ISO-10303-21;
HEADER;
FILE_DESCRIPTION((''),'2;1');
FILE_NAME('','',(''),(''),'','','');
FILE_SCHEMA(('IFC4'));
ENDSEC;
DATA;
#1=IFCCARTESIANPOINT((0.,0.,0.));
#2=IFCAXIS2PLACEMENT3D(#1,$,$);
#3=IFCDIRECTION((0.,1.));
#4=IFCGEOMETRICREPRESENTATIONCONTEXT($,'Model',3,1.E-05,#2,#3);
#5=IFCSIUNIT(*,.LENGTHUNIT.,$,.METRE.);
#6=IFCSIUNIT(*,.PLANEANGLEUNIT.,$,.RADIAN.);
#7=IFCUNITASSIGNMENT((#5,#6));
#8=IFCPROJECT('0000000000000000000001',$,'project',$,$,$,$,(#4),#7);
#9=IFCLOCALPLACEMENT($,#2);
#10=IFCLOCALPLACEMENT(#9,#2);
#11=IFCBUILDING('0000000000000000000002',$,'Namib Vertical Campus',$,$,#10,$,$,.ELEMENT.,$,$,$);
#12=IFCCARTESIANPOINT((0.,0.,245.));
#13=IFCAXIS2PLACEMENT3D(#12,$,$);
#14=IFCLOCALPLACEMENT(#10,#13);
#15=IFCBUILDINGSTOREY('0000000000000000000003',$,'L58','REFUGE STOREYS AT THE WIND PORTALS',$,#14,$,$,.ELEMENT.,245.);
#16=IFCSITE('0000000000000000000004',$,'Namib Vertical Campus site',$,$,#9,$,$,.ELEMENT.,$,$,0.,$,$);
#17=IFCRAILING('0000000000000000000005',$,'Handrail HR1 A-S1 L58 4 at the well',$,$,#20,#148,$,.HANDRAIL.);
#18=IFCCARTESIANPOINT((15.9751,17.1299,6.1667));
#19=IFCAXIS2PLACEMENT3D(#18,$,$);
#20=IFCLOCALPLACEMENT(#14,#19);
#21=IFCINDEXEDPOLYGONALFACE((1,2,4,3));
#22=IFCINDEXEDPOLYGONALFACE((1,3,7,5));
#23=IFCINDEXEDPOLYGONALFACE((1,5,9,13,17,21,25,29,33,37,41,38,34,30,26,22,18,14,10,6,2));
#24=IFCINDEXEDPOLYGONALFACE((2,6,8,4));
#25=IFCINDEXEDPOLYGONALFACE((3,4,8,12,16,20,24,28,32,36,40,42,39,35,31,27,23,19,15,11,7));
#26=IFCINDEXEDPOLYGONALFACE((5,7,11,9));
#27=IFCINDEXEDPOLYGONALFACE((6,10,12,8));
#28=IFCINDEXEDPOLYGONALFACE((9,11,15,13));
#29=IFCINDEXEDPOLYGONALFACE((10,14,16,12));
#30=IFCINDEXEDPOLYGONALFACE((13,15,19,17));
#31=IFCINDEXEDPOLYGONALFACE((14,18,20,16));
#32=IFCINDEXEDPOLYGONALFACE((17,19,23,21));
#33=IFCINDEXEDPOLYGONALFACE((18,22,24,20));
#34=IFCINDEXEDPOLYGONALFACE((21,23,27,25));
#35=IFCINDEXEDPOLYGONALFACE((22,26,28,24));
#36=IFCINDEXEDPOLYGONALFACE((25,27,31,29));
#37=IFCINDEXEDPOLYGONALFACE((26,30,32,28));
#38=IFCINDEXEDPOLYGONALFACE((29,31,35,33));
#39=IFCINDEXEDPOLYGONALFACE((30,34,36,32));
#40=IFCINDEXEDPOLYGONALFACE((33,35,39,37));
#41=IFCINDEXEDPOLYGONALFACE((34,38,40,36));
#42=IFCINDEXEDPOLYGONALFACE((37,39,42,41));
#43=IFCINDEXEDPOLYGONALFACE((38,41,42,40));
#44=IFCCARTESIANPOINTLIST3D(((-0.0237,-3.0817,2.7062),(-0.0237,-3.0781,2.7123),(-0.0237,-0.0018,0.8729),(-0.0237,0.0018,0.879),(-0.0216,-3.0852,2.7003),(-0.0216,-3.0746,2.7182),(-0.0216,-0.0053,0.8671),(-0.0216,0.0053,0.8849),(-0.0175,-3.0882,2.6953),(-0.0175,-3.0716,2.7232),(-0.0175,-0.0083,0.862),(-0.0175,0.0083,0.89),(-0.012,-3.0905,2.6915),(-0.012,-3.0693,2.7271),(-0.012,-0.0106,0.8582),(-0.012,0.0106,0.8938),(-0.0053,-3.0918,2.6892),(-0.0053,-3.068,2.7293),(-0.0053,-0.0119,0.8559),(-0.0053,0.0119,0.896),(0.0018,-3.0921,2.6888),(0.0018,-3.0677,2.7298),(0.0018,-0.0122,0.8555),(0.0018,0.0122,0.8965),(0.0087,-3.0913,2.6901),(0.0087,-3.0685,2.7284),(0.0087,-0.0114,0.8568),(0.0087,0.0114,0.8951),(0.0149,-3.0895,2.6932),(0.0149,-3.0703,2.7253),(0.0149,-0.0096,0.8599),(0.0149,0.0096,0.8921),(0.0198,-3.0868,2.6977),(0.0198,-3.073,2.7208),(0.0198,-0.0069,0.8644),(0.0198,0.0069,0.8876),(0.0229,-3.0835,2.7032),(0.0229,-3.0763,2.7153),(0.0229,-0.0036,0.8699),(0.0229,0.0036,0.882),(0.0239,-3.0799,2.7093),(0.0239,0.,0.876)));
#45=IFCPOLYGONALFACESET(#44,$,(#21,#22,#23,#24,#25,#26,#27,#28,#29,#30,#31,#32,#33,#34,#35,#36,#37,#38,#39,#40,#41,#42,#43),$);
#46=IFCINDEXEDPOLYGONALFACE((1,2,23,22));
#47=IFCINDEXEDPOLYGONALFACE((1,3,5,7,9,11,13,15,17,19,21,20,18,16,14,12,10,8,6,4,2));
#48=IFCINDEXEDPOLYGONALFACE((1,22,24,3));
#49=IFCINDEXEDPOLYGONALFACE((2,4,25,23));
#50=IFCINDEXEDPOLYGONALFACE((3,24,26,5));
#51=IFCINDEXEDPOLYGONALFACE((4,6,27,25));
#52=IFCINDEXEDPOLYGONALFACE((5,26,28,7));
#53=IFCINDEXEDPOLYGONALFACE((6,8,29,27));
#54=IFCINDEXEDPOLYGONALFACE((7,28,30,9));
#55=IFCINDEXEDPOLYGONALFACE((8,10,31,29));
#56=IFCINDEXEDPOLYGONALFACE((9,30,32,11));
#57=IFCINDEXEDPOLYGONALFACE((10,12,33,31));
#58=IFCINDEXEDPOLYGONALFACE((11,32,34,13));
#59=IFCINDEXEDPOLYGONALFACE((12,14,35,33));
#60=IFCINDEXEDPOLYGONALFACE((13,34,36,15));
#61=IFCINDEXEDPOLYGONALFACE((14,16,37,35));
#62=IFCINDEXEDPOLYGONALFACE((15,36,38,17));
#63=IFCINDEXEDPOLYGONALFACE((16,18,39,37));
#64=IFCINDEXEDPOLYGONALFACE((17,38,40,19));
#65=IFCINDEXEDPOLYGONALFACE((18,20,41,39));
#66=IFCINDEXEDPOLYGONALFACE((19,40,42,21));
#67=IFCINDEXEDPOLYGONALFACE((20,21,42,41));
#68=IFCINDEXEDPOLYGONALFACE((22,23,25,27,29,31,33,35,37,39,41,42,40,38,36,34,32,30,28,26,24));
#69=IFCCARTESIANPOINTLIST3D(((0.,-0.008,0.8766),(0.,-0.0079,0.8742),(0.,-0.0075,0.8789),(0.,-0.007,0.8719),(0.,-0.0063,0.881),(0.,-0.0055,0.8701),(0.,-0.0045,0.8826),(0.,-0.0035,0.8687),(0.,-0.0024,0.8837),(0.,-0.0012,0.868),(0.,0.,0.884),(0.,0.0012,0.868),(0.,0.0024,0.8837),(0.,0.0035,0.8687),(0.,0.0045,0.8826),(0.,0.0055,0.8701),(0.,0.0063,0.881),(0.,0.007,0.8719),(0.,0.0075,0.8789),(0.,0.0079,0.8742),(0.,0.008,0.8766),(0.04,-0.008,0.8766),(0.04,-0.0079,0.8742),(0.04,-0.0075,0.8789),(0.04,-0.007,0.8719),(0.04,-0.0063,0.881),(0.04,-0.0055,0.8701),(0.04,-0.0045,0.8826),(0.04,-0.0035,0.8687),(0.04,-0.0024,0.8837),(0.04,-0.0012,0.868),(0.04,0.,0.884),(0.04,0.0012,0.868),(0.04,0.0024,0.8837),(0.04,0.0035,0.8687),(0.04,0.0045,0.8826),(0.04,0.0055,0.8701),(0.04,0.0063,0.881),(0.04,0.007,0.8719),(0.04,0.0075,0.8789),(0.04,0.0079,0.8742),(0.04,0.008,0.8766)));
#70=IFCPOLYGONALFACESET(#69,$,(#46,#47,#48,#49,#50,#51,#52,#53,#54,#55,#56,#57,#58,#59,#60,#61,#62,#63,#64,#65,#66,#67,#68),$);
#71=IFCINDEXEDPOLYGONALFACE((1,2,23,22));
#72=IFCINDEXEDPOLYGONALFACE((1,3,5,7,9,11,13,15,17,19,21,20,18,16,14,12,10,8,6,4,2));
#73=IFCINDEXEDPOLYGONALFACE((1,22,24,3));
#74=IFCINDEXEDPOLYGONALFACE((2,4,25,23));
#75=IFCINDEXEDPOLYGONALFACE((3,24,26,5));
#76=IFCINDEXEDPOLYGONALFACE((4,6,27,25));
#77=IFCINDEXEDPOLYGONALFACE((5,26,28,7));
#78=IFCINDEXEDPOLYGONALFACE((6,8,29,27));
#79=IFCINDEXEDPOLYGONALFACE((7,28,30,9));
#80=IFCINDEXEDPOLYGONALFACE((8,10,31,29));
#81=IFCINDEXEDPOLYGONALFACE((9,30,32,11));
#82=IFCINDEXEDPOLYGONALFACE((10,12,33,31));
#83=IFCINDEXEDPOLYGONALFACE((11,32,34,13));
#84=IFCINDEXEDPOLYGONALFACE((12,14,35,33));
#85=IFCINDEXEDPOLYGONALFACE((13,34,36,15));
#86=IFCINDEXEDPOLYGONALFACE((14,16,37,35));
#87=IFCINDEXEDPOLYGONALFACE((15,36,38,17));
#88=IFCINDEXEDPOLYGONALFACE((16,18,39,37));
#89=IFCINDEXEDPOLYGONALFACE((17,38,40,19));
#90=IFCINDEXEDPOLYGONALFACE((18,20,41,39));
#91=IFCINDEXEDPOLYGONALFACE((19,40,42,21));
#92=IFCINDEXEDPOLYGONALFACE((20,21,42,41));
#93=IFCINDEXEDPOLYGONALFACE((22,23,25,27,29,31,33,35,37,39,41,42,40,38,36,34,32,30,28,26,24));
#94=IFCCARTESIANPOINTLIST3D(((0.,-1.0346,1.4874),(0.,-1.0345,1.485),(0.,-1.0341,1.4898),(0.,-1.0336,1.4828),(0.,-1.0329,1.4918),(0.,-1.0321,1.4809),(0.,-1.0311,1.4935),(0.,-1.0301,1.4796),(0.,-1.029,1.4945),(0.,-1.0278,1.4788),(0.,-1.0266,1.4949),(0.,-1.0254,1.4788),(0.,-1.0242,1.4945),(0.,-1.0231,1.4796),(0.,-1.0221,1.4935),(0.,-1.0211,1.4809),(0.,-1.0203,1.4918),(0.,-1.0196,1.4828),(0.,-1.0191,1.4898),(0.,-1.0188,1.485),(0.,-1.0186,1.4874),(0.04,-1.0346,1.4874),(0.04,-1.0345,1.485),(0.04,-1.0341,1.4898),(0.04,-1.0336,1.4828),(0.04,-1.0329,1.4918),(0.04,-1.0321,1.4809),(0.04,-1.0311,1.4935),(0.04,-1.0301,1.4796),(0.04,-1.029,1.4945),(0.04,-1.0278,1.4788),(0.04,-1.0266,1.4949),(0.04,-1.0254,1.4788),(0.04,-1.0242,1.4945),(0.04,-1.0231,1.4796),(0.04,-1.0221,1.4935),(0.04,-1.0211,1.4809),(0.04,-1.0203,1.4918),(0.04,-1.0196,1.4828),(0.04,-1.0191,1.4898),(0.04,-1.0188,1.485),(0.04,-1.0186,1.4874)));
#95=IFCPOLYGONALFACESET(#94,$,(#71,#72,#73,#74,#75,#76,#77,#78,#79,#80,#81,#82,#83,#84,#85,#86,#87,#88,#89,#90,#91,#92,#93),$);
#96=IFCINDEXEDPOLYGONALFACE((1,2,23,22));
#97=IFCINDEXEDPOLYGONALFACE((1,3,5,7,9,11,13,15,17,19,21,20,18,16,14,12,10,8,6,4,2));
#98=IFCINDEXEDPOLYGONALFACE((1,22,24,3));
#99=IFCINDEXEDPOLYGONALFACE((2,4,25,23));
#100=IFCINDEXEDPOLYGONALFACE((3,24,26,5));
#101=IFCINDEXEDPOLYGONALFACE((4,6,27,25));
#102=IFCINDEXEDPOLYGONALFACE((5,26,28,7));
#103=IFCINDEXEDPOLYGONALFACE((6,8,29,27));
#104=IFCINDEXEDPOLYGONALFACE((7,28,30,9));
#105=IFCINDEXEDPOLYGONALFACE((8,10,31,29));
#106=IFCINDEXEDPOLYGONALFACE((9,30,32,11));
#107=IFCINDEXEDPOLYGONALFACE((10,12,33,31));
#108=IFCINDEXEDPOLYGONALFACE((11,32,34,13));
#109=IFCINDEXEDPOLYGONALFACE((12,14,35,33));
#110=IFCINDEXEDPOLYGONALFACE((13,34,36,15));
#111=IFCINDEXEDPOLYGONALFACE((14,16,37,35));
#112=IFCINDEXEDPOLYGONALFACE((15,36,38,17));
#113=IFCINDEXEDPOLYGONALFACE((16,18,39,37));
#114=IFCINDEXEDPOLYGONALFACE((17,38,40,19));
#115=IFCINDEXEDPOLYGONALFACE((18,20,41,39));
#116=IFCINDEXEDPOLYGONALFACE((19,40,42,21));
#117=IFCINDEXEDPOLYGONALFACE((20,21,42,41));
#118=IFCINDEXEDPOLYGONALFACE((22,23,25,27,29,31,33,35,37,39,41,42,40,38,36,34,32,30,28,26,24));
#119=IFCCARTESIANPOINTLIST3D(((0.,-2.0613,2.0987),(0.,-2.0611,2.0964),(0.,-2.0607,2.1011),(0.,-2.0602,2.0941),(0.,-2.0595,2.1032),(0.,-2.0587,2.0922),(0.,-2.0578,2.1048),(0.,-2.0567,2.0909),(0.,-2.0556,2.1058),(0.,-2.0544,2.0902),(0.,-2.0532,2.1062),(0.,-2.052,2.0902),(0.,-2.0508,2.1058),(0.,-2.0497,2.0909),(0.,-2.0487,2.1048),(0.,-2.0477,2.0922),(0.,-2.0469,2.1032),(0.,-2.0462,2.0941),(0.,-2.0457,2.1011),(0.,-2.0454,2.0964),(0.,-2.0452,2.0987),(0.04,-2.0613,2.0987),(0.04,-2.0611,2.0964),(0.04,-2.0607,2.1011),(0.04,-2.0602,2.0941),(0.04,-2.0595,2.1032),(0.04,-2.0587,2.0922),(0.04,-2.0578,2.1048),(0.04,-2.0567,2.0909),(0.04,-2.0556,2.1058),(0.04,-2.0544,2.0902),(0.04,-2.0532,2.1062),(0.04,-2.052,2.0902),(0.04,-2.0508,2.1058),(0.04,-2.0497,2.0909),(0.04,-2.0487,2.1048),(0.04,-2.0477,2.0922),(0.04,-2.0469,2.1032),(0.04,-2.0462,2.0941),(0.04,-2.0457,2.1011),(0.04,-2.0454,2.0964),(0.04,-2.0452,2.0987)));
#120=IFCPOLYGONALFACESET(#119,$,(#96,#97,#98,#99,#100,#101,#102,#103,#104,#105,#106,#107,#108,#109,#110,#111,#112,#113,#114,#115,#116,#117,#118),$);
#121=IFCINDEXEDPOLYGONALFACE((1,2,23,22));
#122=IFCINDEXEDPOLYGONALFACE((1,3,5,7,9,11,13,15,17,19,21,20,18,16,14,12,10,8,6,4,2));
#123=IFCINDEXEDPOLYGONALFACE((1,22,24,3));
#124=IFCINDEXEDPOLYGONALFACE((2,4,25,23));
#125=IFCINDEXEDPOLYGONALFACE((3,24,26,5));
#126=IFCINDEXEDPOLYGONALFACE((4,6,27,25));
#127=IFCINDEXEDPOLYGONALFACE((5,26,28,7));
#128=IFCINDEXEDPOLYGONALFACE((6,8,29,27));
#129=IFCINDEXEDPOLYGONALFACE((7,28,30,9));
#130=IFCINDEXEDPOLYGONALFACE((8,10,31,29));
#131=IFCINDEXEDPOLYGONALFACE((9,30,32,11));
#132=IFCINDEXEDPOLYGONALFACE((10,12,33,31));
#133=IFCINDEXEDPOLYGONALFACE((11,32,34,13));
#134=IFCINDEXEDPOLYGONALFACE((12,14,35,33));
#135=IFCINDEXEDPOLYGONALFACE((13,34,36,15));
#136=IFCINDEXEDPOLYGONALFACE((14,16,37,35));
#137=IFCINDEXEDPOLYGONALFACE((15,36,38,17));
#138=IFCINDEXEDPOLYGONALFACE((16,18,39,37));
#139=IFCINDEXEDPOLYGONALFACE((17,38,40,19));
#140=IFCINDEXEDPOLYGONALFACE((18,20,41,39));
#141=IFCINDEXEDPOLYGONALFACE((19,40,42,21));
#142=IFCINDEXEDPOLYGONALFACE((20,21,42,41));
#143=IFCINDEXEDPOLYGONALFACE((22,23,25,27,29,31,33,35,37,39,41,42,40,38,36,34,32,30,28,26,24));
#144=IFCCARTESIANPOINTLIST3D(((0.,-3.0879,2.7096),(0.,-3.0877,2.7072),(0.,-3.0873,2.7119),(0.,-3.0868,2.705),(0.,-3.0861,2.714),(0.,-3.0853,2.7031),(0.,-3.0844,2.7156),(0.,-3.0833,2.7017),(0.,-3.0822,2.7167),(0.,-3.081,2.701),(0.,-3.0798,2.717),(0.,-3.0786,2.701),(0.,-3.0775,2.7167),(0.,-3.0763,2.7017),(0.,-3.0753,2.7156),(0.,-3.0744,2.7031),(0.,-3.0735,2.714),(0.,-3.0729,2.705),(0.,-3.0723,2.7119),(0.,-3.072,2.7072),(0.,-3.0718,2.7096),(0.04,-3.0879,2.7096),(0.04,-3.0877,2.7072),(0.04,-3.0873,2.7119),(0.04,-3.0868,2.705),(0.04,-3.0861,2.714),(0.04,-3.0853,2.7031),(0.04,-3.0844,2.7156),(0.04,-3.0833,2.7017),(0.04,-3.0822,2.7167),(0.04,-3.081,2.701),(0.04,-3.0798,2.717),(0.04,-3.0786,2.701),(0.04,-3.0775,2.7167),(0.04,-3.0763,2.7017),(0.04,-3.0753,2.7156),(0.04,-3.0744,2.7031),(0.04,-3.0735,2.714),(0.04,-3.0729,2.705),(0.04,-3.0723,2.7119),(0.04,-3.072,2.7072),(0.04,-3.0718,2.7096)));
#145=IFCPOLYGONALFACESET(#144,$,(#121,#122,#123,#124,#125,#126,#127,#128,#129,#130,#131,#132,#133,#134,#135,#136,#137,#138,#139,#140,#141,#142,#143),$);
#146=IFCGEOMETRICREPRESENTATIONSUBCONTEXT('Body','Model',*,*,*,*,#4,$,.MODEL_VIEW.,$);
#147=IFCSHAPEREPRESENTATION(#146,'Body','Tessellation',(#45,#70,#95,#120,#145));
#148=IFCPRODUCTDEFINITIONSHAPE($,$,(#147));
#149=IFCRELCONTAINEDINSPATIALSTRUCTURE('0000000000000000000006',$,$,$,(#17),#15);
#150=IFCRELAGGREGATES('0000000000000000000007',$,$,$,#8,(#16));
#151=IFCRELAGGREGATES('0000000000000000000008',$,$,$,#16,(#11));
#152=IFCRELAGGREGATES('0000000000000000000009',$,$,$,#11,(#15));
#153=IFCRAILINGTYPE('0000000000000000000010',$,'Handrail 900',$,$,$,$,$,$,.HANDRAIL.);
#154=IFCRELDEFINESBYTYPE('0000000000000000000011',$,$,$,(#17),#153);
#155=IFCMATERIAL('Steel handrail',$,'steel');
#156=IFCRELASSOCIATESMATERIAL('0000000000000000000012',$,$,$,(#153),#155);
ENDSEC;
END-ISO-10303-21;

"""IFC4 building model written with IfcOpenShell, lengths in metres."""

from ifc_helpers import new_model, si_unit, direction, frame, origin, origin_2d, place, context, subcontext, project, spatial, circle, extrude, material, type_object, element, save


model = new_model("IFC4")

# Units and contexts
model_context = context("Model", 3, precision=1e-05, world=origin(), true_north=direction((0.0, 1.0)))
body_context = subcontext(model_context, "Body", "Model", "MODEL_VIEW")
ifc_project = project(units=[si_unit("LENGTHUNIT", "METRE"), si_unit("PLANEANGLEUNIT", "RADIAN")], contexts=[model_context])

# Site, building, storey
site_placement = place(None, origin())
site = spatial("IfcSite", under=ifc_project, at=site_placement, Name="Namib Vertical Campus site", CompositionType="ELEMENT", RefElevation=0.0)
building_placement = place(site_placement, origin())
building = spatial("IfcBuilding", under=site, at=building_placement, Name="Namib Vertical Campus", CompositionType="ELEMENT")
storey_placement = place(building_placement, frame((0.0, 0.0, 245.0)))
storey = spatial("IfcBuildingStorey", under=building, at=storey_placement, Name="L58", Description="REFUGE STOREYS AT THE WIND PORTALS", CompositionType="ELEMENT", Elevation=245.0)

# Railing
ifc_material_1 = material(Name="Steel handrail", Category="steel")
railing_type = type_object("IfcRailingType", Name="Handrail 900", PredefinedType="HANDRAIL", material=ifc_material_1)
for number, where, name in (
    (1, (15.9751, 17.1299, 6.1667), "Handrail HR1 A-S1 L58 4 at the well"),
):
    element("IfcRailing", number, at=place(storey_placement, frame(where)), inside=storey, type_object=railing_type, Name=name, PredefinedType="HANDRAIL", context=body_context, shape_type="SweptSolid", body=[
        extrude(circle(Radius=0.0239, at=origin_2d()), frame((0.0, 0.0, 0.876), z_axis=(0.0, -0.859291, 0.511487), x_axis=(1.0, 0.0, 0.0)), (0.0, 0.0, 1.0), 3.5842),
        extrude(circle(Radius=0.0081, at=origin_2d()), frame((0.0, 0.0, 0.876), z_axis=(1.0, 0.0, 0.0), x_axis=(0.0, 0.0, 1.0)), (0.0, 0.0, 1.0), 0.04),
        extrude(circle(Radius=0.0081, at=origin_2d()), frame((0.0, -1.0266, 1.4868), z_axis=(1.0, 0.0, 0.0), x_axis=(0.0, 0.0, 1.0)), (0.0, 0.0, 1.0), 0.04),
        extrude(circle(Radius=0.0081, at=origin_2d()), frame((0.0, -2.0532, 2.0981), z_axis=(1.0, 0.0, 0.0), x_axis=(0.0, 0.0, 1.0)), (0.0, 0.0, 1.0), 0.04),
        extrude(circle(Radius=0.0081, at=origin_2d()), frame((0.0, -3.0798, 2.709), z_axis=(1.0, 0.0, 0.0), x_axis=(0.0, 0.0, 1.0)), (0.0, 0.0, 1.0), 0.04),
    ])

save(model, "model.ifc")
